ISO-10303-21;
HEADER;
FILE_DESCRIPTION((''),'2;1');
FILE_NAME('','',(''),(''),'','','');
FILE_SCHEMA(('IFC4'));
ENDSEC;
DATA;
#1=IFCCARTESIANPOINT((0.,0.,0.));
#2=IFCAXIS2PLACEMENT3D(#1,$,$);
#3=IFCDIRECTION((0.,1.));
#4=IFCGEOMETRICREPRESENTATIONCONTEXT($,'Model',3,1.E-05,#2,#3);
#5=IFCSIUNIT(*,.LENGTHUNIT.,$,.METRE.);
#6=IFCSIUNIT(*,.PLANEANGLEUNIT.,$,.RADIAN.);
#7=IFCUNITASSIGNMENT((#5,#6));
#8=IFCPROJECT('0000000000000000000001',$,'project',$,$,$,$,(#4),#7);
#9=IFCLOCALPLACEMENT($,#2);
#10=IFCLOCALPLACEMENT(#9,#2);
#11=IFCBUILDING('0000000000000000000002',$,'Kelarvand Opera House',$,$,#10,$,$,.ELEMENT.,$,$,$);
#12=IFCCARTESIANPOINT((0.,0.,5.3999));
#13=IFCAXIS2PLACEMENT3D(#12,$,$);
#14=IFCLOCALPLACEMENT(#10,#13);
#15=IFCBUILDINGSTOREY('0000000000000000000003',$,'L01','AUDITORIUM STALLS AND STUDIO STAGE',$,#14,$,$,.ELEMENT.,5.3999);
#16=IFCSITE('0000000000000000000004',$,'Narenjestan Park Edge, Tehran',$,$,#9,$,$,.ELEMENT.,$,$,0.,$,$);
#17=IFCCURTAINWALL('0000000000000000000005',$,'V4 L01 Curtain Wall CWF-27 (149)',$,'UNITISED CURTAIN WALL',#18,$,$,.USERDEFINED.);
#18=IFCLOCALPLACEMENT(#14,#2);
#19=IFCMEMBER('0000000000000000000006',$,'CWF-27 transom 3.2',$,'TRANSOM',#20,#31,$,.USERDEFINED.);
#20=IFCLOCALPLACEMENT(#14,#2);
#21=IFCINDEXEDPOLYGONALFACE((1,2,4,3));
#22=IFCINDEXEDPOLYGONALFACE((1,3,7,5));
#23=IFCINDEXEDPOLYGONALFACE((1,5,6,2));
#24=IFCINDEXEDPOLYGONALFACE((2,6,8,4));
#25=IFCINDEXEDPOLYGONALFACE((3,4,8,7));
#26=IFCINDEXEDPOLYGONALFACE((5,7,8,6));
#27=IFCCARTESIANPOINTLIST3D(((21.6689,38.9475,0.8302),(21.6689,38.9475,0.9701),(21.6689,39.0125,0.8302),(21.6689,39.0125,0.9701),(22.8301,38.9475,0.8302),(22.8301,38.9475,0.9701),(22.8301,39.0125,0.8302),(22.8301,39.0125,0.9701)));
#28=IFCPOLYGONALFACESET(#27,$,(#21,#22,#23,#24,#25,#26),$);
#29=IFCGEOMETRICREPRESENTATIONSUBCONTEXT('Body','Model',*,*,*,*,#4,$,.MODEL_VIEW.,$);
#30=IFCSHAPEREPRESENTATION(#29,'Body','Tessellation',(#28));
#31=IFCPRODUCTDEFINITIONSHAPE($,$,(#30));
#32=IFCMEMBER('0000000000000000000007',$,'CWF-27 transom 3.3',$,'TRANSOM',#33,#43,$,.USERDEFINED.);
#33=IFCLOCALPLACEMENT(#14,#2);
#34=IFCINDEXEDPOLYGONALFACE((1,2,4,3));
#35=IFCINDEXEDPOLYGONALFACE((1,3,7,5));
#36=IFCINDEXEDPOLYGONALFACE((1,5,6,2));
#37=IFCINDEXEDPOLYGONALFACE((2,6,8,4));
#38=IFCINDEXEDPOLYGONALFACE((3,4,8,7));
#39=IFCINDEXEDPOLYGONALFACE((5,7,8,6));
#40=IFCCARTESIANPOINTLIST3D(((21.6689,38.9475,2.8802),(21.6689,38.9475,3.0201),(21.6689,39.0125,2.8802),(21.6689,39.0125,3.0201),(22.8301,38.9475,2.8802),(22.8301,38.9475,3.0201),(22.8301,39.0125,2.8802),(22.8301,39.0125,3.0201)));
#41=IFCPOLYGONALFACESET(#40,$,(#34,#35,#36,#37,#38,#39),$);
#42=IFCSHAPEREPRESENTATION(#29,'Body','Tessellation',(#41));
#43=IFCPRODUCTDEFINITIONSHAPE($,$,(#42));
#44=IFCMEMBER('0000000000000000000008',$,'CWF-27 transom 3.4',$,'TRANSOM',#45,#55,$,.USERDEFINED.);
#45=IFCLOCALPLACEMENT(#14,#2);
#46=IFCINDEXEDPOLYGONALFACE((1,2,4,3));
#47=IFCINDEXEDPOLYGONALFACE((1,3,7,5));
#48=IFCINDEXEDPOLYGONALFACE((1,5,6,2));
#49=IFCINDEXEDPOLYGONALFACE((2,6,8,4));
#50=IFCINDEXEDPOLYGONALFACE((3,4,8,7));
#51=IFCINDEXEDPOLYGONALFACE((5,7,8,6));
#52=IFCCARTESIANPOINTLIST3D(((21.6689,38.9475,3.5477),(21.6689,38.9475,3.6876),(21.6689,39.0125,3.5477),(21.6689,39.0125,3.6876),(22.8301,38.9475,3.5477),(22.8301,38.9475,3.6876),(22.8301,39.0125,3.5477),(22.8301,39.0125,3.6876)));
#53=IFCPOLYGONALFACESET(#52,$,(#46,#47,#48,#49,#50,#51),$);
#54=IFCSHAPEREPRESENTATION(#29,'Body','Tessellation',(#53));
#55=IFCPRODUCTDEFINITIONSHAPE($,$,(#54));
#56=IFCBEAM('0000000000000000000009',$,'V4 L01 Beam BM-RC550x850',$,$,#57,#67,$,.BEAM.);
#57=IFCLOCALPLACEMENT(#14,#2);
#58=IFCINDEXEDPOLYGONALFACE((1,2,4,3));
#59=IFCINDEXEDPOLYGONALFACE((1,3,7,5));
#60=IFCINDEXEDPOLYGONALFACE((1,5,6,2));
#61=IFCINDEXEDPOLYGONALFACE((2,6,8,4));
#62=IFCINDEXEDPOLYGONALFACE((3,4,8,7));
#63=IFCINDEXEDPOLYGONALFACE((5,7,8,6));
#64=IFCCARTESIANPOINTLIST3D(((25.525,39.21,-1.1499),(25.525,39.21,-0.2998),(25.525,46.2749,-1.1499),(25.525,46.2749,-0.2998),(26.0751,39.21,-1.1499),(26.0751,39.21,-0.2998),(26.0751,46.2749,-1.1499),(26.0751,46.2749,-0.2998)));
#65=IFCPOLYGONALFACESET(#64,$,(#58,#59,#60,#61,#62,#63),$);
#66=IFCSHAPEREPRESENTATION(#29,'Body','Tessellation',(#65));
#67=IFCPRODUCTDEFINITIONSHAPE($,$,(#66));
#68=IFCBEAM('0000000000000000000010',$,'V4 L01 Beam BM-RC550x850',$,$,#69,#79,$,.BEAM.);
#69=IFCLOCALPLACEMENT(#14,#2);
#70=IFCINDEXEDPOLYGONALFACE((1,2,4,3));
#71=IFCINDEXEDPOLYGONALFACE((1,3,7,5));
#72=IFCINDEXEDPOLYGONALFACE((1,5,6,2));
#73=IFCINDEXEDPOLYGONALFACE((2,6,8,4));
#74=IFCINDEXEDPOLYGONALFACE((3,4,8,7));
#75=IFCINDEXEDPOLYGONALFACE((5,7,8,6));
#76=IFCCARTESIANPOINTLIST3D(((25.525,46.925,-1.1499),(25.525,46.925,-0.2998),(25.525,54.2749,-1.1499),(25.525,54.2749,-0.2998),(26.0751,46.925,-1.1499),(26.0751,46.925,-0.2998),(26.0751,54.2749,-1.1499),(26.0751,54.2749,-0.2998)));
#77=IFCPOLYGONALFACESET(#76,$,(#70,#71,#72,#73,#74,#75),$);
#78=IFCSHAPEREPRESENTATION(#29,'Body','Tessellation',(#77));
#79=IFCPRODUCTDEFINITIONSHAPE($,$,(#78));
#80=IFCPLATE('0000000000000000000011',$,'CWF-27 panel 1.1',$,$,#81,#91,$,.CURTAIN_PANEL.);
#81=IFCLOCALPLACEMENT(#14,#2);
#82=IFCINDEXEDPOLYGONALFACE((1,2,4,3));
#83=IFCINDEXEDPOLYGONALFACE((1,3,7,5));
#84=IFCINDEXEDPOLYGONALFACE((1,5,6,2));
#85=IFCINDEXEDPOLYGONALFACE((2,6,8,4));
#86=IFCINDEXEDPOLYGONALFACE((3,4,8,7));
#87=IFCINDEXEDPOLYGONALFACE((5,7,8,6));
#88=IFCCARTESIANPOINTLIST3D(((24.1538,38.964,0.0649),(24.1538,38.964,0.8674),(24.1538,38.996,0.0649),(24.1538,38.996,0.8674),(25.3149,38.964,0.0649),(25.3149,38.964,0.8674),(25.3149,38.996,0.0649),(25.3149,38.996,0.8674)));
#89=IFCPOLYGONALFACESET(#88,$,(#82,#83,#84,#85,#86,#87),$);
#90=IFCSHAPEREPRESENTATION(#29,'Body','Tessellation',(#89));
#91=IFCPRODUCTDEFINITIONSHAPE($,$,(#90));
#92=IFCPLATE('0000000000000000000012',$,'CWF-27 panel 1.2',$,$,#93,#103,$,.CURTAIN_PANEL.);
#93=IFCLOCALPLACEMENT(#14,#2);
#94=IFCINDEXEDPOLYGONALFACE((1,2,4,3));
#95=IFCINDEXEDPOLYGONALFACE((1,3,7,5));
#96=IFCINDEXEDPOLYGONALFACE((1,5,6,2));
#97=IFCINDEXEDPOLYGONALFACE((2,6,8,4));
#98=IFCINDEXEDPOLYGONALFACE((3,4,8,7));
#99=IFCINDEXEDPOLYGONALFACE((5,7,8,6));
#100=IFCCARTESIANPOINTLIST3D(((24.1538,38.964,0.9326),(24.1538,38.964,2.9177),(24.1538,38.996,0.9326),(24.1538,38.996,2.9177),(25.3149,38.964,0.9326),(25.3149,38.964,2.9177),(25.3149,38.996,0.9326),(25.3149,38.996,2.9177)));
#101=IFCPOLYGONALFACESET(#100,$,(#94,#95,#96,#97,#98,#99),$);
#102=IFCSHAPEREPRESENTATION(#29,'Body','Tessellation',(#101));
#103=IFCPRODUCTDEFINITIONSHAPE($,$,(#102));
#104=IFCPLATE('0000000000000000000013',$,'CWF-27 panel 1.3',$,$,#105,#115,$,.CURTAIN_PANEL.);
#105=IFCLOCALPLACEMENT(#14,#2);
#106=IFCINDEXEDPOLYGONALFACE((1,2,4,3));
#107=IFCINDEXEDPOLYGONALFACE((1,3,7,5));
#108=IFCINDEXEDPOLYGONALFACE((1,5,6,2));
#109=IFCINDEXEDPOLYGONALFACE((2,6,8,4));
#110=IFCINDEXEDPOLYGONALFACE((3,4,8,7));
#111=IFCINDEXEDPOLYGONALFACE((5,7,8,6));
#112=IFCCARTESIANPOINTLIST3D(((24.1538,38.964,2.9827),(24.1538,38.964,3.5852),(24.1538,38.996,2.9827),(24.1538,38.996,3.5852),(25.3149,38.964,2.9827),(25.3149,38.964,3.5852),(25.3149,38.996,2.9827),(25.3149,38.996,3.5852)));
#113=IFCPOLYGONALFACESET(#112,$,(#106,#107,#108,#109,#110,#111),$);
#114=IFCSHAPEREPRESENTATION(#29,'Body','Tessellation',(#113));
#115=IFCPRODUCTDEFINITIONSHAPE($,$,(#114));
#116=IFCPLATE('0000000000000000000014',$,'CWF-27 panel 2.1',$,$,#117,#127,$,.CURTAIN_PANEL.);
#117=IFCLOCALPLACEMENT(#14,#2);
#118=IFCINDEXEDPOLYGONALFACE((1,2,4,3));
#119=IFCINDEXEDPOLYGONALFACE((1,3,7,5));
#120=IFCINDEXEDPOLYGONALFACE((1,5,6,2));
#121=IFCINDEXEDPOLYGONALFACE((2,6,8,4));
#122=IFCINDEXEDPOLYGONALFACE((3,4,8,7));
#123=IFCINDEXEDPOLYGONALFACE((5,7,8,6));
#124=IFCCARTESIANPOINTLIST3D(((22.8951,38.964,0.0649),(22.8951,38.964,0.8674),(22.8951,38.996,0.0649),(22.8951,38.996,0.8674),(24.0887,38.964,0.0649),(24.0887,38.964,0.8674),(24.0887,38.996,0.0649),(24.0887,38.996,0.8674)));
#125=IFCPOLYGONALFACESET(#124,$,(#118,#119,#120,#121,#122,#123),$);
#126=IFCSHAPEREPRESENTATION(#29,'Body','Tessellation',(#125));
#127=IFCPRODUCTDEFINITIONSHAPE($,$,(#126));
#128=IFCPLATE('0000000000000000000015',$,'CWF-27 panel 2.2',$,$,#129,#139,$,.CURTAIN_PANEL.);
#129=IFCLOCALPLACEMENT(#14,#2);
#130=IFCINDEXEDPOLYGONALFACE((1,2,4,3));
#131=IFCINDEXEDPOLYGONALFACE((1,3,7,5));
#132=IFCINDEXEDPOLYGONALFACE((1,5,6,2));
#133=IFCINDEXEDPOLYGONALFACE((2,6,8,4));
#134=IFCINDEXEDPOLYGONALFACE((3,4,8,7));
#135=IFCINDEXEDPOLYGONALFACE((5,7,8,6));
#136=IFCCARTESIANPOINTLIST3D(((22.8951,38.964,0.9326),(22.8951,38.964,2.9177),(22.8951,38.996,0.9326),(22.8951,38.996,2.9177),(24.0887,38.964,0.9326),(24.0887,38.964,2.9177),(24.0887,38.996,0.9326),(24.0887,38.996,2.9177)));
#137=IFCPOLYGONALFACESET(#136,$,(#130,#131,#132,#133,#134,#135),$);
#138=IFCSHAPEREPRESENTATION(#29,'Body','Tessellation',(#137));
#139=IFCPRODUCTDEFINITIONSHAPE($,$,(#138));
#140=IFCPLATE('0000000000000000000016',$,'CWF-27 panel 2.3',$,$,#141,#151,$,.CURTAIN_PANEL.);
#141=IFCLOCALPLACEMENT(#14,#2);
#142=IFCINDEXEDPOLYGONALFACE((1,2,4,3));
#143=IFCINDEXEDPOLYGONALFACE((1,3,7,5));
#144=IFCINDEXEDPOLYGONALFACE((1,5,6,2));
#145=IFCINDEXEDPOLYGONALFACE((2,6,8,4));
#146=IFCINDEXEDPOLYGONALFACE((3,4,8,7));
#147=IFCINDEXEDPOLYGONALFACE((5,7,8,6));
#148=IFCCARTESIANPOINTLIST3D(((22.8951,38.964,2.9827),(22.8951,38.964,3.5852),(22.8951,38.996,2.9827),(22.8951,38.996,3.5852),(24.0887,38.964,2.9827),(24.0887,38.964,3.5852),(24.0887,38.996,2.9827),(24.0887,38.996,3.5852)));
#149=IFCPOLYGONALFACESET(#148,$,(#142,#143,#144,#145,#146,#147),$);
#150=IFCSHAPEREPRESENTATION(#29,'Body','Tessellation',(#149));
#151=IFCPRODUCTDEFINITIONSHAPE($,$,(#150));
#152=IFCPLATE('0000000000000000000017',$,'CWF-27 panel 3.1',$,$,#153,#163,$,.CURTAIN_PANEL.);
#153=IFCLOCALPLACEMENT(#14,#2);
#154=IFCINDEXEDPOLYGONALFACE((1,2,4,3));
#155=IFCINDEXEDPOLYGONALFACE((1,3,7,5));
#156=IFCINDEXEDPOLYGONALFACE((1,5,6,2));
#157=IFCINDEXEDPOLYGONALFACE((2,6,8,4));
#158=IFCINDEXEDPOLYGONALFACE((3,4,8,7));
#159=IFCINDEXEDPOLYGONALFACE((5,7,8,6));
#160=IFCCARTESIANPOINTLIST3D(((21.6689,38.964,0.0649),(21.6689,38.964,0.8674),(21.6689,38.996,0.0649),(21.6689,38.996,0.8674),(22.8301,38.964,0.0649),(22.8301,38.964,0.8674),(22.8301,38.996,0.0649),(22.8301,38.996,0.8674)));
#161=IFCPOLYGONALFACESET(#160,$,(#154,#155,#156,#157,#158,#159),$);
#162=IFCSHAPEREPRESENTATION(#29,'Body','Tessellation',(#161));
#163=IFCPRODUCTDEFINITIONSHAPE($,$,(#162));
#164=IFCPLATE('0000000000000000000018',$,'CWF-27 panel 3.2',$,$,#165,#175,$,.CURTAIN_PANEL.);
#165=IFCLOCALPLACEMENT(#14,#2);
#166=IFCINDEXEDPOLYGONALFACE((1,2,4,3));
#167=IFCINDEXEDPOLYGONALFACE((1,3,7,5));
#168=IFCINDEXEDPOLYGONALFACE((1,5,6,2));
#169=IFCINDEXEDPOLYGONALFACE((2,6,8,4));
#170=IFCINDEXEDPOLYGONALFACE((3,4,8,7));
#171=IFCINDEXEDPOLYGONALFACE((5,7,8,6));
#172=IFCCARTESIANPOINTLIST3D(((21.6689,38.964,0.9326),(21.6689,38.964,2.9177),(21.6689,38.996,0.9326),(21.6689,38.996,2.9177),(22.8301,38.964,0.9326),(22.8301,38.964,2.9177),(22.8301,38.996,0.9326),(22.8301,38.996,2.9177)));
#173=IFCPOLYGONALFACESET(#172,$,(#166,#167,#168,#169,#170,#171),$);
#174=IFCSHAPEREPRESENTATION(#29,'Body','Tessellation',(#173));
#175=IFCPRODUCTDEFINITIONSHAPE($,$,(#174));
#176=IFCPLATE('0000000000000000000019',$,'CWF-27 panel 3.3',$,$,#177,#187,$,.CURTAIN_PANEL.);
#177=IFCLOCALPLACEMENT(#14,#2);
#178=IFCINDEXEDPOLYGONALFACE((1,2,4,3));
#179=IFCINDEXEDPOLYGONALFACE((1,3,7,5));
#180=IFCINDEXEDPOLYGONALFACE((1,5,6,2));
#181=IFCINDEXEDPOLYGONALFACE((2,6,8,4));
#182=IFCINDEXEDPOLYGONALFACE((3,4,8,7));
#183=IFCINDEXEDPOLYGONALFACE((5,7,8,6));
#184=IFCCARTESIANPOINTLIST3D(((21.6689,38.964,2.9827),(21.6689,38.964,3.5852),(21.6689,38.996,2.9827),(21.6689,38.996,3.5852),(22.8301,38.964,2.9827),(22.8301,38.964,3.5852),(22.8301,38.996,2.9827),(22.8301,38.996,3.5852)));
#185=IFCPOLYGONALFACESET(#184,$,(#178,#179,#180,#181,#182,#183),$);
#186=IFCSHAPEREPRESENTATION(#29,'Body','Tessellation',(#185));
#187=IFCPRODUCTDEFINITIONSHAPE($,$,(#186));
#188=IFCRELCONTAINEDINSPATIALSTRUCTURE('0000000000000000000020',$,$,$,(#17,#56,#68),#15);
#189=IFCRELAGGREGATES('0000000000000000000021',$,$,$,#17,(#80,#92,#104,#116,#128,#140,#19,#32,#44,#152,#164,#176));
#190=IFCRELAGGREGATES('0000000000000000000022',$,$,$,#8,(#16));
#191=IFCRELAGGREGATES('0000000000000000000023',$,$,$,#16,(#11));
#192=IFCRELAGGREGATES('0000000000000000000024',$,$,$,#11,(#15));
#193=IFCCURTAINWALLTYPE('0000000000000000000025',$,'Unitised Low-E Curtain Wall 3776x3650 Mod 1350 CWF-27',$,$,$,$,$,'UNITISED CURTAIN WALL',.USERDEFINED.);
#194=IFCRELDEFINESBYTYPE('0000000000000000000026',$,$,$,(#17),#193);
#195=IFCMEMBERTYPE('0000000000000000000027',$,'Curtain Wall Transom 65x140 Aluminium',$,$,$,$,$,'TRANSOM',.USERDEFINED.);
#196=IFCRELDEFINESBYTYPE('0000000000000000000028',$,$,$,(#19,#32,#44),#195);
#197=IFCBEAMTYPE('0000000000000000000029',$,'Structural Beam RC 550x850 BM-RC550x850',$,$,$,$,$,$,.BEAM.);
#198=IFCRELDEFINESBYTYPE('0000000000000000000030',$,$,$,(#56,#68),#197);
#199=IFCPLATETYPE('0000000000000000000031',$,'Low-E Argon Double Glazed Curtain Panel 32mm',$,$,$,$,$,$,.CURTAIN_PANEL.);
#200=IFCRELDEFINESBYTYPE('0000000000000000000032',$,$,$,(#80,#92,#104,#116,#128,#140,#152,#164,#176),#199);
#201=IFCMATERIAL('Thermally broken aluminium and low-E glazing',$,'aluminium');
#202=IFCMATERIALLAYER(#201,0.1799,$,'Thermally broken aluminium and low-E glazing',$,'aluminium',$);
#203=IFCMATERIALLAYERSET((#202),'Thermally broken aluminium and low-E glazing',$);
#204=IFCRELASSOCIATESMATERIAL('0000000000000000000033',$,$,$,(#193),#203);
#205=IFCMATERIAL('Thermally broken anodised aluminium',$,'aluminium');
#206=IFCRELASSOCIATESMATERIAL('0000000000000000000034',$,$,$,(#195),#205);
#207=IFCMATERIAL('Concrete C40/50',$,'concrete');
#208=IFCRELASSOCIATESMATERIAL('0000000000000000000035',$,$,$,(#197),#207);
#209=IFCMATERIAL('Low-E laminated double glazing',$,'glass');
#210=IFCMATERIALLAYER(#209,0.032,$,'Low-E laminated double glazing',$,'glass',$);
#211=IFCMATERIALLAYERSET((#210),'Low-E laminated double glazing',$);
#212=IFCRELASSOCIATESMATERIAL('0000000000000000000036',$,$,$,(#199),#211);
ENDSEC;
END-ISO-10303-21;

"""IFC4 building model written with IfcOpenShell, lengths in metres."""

from ifc_helpers import new_model, si_unit, direction, frame, origin, origin_2d, place, context, subcontext, project, spatial, rectangle, extrude, material, layer, layer_set, material_profile, profile_set, type_object, element, aggregate, save


model = new_model("IFC4")

# Units and contexts
model_context = context("Model", 3, precision=1e-05, world=origin(), true_north=direction((0.0, 1.0)))
body_context = subcontext(model_context, "Body", "Model", "MODEL_VIEW")
ifc_project = project(units=[si_unit("LENGTHUNIT", "METRE"), si_unit("PLANEANGLEUNIT", "RADIAN")], contexts=[model_context])

# Site, building, storey
site_placement = place(None, origin())
site = spatial("IfcSite", under=ifc_project, at=site_placement, Name="Narenjestan Park Edge, Tehran", CompositionType="ELEMENT", RefElevation=0.0)
building_placement = place(site_placement, origin())
building = spatial("IfcBuilding", under=site, at=building_placement, Name="Kelarvand Opera House", CompositionType="ELEMENT")
storey_placement = place(building_placement, frame((0.0, 0.0, 5.3999)))
storey = spatial("IfcBuildingStorey", under=building, at=storey_placement, Name="L01", Description="AUDITORIUM STALLS AND STUDIO STAGE", CompositionType="ELEMENT", Elevation=5.3999)

# Shared definitions
ifc_material_1 = material(Name="Concrete C40/50", Category="concrete")

# Shared definitions
ifc_material_2 = material(Name="Thermally broken aluminium and low-E glazing", Category="aluminium")
ifc_material_3 = material(Name="Thermally broken anodised aluminium", Category="aluminium")

# Curtain wall, members
ifc_layer_1 = layer(ifc_material_2, 0.1799, Name="Thermally broken aluminium and low-E glazing", Category="aluminium")
ifc_layer_set_1 = layer_set([ifc_layer_1], Name="Thermally broken aluminium and low-E glazing")
curtain_wall_type_1 = type_object("IfcCurtainWallType", Name="Unitised Low-E Curtain Wall 3776x3650 Mod 1350 CWF-27", ElementType="UNITISED CURTAIN WALL", PredefinedType="USERDEFINED", material=ifc_layer_set_1)
curtain_wall_1_placement = place(storey_placement, origin())
curtain_wall_1 = element("IfcCurtainWall", 1, at=curtain_wall_1_placement, inside=storey, type_object=curtain_wall_type_1, Name="V4 L01 Curtain Wall CWF-27 (149)", ObjectType="UNITISED CURTAIN WALL", PredefinedType="USERDEFINED")
ifc_material_profile_1 = material_profile(ifc_material_3, rectangle(XDim=0.0649, YDim=0.1399, at=origin_2d()), Name="ALU TRANSOM 65x140", Category="aluminium")
ifc_profile_set_1 = profile_set([ifc_material_profile_1], Name="Thermally broken anodised aluminium")
member_type_1 = type_object("IfcMemberType", Name="Curtain Wall Transom 65x140 Aluminium", ElementType="TRANSOM", PredefinedType="USERDEFINED", material=ifc_profile_set_1)
member_1_placement = place(storey_placement, frame((22.8301, 38.98, 0.9001), z_axis=(-1.0, 0.0, 0.0), x_axis=(0.0, -1.0, 0.0)))
member_1 = element("IfcMember", 2, at=member_1_placement, type_object=member_type_1, Name="CWF-27 transom 3.2", ObjectType="TRANSOM", PredefinedType="USERDEFINED", context=body_context, shape_type="SweptSolid", body=[
    extrude(rectangle(XDim=0.0649, YDim=0.1399, at=origin_2d()), origin(), (0.0, 0.0, 1.0), 1.1611),
])
member_2_placement = place(storey_placement, frame((22.8301, 38.98, 2.9502), z_axis=(-1.0, 0.0, 0.0), x_axis=(0.0, -1.0, 0.0)))
member_2 = element("IfcMember", 3, at=member_2_placement, type_object=member_type_1, Name="CWF-27 transom 3.3", ObjectType="TRANSOM", PredefinedType="USERDEFINED", context=body_context, shape_type="SweptSolid", body=[
    extrude(rectangle(XDim=0.0649, YDim=0.1399, at=origin_2d()), origin(), (0.0, 0.0, 1.0), 1.1611),
])
member_3_placement = place(storey_placement, frame((22.8301, 38.98, 3.6177), z_axis=(-1.0, 0.0, 0.0), x_axis=(0.0, -1.0, 0.0)))
member_3 = element("IfcMember", 4, at=member_3_placement, type_object=member_type_1, Name="CWF-27 transom 3.4", ObjectType="TRANSOM", PredefinedType="USERDEFINED", context=body_context, shape_type="SweptSolid", body=[
    extrude(rectangle(XDim=0.0649, YDim=0.1399, at=origin_2d()), origin(), (0.0, 0.0, 1.0), 1.1611),
])

# Beams
ifc_material_profile_2 = material_profile(ifc_material_1, rectangle(XDim=0.55, YDim=0.8501, at=origin_2d()), Name="RC 550x850", Category="concrete")
ifc_profile_set_2 = profile_set([ifc_material_profile_2], Name="Concrete C40/50")
beam_type = type_object("IfcBeamType", Name="Structural Beam RC 550x850 BM-RC550x850", PredefinedType="BEAM", material=ifc_profile_set_2)
beam_1_placement = place(storey_placement, frame((25.8, 39.21, -0.7249), z_axis=(0.0, 1.0, 0.0), x_axis=(-1.0, 0.0, 0.0)))
element("IfcBeam", 5, at=beam_1_placement, inside=storey, type_object=beam_type, Name="V4 L01 Beam BM-RC550x850", PredefinedType="BEAM", context=body_context, shape_type="SweptSolid", body=[
    extrude(rectangle(XDim=0.55, YDim=0.8501, at=origin_2d()), origin(), (0.0, 0.0, 1.0), 7.0649),
])
beam_2_placement = place(storey_placement, frame((25.8, 46.925, -0.7249), z_axis=(0.0, 1.0, 0.0), x_axis=(-1.0, 0.0, 0.0)))
element("IfcBeam", 6, at=beam_2_placement, inside=storey, type_object=beam_type, Name="V4 L01 Beam BM-RC550x850", PredefinedType="BEAM", context=body_context, shape_type="SweptSolid", body=[
    extrude(rectangle(XDim=0.55, YDim=0.8501, at=origin_2d()), origin(), (0.0, 0.0, 1.0), 7.3499),
])

# Plates
ifc_material_4 = material(Name="Low-E laminated double glazing", Category="glass")
ifc_layer_2 = layer(ifc_material_4, 0.032, Name="Low-E laminated double glazing", Category="glass")
ifc_layer_set_2 = layer_set([ifc_layer_2], Name="Low-E laminated double glazing")
plate_type = type_object("IfcPlateType", Name="Low-E Argon Double Glazed Curtain Panel 32mm", PredefinedType="CURTAIN_PANEL", material=ifc_layer_set_2)
plate_1_placement = place(storey_placement, frame((24.7344, 38.98, 0.0649), z_axis=(0.0, 0.0, 1.0), x_axis=(-1.0, 0.0, 0.0)))
plate_1 = element("IfcPlate", 7, at=plate_1_placement, type_object=plate_type, Name="CWF-27 panel 1.1", PredefinedType="CURTAIN_PANEL", context=body_context, shape_type="SweptSolid", body=[
    extrude(rectangle(XDim=1.1611, YDim=0.032, at=origin_2d()), origin(), (0.0, 0.0, 1.0), 0.8025),
])
plate_2_placement = place(storey_placement, frame((24.7344, 38.98, 0.9326), z_axis=(0.0, 0.0, 1.0), x_axis=(-1.0, 0.0, 0.0)))
plate_2 = element("IfcPlate", 8, at=plate_2_placement, type_object=plate_type, Name="CWF-27 panel 1.2", PredefinedType="CURTAIN_PANEL", context=body_context, shape_type="SweptSolid", body=[
    extrude(rectangle(XDim=1.1611, YDim=0.032, at=origin_2d()), origin(), (0.0, 0.0, 1.0), 1.9851),
])
plate_3_placement = place(storey_placement, frame((24.7344, 38.98, 2.9827), z_axis=(0.0, 0.0, 1.0), x_axis=(-1.0, 0.0, 0.0)))
plate_3 = element("IfcPlate", 9, at=plate_3_placement, type_object=plate_type, Name="CWF-27 panel 1.3", PredefinedType="CURTAIN_PANEL", context=body_context, shape_type="SweptSolid", body=[
    extrude(rectangle(XDim=1.1611, YDim=0.032, at=origin_2d()), origin(), (0.0, 0.0, 1.0), 0.6025),
])
plate_4_placement = place(storey_placement, frame((23.4919, 38.98, 0.0649), z_axis=(0.0, 0.0, 1.0), x_axis=(-1.0, 0.0, 0.0)))
plate_4 = element("IfcPlate", 10, at=plate_4_placement, type_object=plate_type, Name="CWF-27 panel 2.1", PredefinedType="CURTAIN_PANEL", context=body_context, shape_type="SweptSolid", body=[
    extrude(rectangle(XDim=1.1936, YDim=0.032, at=origin_2d()), origin(), (0.0, 0.0, 1.0), 0.8025),
])
plate_5_placement = place(storey_placement, frame((23.4919, 38.98, 0.9326), z_axis=(0.0, 0.0, 1.0), x_axis=(-1.0, 0.0, 0.0)))
plate_5 = element("IfcPlate", 11, at=plate_5_placement, type_object=plate_type, Name="CWF-27 panel 2.2", PredefinedType="CURTAIN_PANEL", context=body_context, shape_type="SweptSolid", body=[
    extrude(rectangle(XDim=1.1936, YDim=0.032, at=origin_2d()), origin(), (0.0, 0.0, 1.0), 1.9851),
])
plate_6_placement = place(storey_placement, frame((23.4919, 38.98, 2.9827), z_axis=(0.0, 0.0, 1.0), x_axis=(-1.0, 0.0, 0.0)))
plate_6 = element("IfcPlate", 12, at=plate_6_placement, type_object=plate_type, Name="CWF-27 panel 2.3", PredefinedType="CURTAIN_PANEL", context=body_context, shape_type="SweptSolid", body=[
    extrude(rectangle(XDim=1.1936, YDim=0.032, at=origin_2d()), origin(), (0.0, 0.0, 1.0), 0.6025),
])
plate_7_placement = place(storey_placement, frame((22.2495, 38.98, 0.0649), z_axis=(0.0, 0.0, 1.0), x_axis=(-1.0, 0.0, 0.0)))
plate_7 = element("IfcPlate", 13, at=plate_7_placement, type_object=plate_type, Name="CWF-27 panel 3.1", PredefinedType="CURTAIN_PANEL", context=body_context, shape_type="SweptSolid", body=[
    extrude(rectangle(XDim=1.1611, YDim=0.032, at=origin_2d()), origin(), (0.0, 0.0, 1.0), 0.8025),
])
plate_8_placement = place(storey_placement, frame((22.2495, 38.98, 0.9326), z_axis=(0.0, 0.0, 1.0), x_axis=(-1.0, 0.0, 0.0)))
plate_8 = element("IfcPlate", 14, at=plate_8_placement, type_object=plate_type, Name="CWF-27 panel 3.2", PredefinedType="CURTAIN_PANEL", context=body_context, shape_type="SweptSolid", body=[
    extrude(rectangle(XDim=1.1611, YDim=0.032, at=origin_2d()), origin(), (0.0, 0.0, 1.0), 1.9851),
])
plate_9_placement = place(storey_placement, frame((22.2495, 38.98, 2.9827), z_axis=(0.0, 0.0, 1.0), x_axis=(-1.0, 0.0, 0.0)))
plate_9 = element("IfcPlate", 15, at=plate_9_placement, type_object=plate_type, Name="CWF-27 panel 3.3", PredefinedType="CURTAIN_PANEL", context=body_context, shape_type="SweptSolid", body=[
    extrude(rectangle(XDim=1.1611, YDim=0.032, at=origin_2d()), origin(), (0.0, 0.0, 1.0), 0.6025),
])
aggregate(curtain_wall_1, [plate_1, plate_2, plate_3, plate_4, plate_5, plate_6, member_1, member_2, member_3, plate_7, plate_8, plate_9])

save(model, "model.ifc")
